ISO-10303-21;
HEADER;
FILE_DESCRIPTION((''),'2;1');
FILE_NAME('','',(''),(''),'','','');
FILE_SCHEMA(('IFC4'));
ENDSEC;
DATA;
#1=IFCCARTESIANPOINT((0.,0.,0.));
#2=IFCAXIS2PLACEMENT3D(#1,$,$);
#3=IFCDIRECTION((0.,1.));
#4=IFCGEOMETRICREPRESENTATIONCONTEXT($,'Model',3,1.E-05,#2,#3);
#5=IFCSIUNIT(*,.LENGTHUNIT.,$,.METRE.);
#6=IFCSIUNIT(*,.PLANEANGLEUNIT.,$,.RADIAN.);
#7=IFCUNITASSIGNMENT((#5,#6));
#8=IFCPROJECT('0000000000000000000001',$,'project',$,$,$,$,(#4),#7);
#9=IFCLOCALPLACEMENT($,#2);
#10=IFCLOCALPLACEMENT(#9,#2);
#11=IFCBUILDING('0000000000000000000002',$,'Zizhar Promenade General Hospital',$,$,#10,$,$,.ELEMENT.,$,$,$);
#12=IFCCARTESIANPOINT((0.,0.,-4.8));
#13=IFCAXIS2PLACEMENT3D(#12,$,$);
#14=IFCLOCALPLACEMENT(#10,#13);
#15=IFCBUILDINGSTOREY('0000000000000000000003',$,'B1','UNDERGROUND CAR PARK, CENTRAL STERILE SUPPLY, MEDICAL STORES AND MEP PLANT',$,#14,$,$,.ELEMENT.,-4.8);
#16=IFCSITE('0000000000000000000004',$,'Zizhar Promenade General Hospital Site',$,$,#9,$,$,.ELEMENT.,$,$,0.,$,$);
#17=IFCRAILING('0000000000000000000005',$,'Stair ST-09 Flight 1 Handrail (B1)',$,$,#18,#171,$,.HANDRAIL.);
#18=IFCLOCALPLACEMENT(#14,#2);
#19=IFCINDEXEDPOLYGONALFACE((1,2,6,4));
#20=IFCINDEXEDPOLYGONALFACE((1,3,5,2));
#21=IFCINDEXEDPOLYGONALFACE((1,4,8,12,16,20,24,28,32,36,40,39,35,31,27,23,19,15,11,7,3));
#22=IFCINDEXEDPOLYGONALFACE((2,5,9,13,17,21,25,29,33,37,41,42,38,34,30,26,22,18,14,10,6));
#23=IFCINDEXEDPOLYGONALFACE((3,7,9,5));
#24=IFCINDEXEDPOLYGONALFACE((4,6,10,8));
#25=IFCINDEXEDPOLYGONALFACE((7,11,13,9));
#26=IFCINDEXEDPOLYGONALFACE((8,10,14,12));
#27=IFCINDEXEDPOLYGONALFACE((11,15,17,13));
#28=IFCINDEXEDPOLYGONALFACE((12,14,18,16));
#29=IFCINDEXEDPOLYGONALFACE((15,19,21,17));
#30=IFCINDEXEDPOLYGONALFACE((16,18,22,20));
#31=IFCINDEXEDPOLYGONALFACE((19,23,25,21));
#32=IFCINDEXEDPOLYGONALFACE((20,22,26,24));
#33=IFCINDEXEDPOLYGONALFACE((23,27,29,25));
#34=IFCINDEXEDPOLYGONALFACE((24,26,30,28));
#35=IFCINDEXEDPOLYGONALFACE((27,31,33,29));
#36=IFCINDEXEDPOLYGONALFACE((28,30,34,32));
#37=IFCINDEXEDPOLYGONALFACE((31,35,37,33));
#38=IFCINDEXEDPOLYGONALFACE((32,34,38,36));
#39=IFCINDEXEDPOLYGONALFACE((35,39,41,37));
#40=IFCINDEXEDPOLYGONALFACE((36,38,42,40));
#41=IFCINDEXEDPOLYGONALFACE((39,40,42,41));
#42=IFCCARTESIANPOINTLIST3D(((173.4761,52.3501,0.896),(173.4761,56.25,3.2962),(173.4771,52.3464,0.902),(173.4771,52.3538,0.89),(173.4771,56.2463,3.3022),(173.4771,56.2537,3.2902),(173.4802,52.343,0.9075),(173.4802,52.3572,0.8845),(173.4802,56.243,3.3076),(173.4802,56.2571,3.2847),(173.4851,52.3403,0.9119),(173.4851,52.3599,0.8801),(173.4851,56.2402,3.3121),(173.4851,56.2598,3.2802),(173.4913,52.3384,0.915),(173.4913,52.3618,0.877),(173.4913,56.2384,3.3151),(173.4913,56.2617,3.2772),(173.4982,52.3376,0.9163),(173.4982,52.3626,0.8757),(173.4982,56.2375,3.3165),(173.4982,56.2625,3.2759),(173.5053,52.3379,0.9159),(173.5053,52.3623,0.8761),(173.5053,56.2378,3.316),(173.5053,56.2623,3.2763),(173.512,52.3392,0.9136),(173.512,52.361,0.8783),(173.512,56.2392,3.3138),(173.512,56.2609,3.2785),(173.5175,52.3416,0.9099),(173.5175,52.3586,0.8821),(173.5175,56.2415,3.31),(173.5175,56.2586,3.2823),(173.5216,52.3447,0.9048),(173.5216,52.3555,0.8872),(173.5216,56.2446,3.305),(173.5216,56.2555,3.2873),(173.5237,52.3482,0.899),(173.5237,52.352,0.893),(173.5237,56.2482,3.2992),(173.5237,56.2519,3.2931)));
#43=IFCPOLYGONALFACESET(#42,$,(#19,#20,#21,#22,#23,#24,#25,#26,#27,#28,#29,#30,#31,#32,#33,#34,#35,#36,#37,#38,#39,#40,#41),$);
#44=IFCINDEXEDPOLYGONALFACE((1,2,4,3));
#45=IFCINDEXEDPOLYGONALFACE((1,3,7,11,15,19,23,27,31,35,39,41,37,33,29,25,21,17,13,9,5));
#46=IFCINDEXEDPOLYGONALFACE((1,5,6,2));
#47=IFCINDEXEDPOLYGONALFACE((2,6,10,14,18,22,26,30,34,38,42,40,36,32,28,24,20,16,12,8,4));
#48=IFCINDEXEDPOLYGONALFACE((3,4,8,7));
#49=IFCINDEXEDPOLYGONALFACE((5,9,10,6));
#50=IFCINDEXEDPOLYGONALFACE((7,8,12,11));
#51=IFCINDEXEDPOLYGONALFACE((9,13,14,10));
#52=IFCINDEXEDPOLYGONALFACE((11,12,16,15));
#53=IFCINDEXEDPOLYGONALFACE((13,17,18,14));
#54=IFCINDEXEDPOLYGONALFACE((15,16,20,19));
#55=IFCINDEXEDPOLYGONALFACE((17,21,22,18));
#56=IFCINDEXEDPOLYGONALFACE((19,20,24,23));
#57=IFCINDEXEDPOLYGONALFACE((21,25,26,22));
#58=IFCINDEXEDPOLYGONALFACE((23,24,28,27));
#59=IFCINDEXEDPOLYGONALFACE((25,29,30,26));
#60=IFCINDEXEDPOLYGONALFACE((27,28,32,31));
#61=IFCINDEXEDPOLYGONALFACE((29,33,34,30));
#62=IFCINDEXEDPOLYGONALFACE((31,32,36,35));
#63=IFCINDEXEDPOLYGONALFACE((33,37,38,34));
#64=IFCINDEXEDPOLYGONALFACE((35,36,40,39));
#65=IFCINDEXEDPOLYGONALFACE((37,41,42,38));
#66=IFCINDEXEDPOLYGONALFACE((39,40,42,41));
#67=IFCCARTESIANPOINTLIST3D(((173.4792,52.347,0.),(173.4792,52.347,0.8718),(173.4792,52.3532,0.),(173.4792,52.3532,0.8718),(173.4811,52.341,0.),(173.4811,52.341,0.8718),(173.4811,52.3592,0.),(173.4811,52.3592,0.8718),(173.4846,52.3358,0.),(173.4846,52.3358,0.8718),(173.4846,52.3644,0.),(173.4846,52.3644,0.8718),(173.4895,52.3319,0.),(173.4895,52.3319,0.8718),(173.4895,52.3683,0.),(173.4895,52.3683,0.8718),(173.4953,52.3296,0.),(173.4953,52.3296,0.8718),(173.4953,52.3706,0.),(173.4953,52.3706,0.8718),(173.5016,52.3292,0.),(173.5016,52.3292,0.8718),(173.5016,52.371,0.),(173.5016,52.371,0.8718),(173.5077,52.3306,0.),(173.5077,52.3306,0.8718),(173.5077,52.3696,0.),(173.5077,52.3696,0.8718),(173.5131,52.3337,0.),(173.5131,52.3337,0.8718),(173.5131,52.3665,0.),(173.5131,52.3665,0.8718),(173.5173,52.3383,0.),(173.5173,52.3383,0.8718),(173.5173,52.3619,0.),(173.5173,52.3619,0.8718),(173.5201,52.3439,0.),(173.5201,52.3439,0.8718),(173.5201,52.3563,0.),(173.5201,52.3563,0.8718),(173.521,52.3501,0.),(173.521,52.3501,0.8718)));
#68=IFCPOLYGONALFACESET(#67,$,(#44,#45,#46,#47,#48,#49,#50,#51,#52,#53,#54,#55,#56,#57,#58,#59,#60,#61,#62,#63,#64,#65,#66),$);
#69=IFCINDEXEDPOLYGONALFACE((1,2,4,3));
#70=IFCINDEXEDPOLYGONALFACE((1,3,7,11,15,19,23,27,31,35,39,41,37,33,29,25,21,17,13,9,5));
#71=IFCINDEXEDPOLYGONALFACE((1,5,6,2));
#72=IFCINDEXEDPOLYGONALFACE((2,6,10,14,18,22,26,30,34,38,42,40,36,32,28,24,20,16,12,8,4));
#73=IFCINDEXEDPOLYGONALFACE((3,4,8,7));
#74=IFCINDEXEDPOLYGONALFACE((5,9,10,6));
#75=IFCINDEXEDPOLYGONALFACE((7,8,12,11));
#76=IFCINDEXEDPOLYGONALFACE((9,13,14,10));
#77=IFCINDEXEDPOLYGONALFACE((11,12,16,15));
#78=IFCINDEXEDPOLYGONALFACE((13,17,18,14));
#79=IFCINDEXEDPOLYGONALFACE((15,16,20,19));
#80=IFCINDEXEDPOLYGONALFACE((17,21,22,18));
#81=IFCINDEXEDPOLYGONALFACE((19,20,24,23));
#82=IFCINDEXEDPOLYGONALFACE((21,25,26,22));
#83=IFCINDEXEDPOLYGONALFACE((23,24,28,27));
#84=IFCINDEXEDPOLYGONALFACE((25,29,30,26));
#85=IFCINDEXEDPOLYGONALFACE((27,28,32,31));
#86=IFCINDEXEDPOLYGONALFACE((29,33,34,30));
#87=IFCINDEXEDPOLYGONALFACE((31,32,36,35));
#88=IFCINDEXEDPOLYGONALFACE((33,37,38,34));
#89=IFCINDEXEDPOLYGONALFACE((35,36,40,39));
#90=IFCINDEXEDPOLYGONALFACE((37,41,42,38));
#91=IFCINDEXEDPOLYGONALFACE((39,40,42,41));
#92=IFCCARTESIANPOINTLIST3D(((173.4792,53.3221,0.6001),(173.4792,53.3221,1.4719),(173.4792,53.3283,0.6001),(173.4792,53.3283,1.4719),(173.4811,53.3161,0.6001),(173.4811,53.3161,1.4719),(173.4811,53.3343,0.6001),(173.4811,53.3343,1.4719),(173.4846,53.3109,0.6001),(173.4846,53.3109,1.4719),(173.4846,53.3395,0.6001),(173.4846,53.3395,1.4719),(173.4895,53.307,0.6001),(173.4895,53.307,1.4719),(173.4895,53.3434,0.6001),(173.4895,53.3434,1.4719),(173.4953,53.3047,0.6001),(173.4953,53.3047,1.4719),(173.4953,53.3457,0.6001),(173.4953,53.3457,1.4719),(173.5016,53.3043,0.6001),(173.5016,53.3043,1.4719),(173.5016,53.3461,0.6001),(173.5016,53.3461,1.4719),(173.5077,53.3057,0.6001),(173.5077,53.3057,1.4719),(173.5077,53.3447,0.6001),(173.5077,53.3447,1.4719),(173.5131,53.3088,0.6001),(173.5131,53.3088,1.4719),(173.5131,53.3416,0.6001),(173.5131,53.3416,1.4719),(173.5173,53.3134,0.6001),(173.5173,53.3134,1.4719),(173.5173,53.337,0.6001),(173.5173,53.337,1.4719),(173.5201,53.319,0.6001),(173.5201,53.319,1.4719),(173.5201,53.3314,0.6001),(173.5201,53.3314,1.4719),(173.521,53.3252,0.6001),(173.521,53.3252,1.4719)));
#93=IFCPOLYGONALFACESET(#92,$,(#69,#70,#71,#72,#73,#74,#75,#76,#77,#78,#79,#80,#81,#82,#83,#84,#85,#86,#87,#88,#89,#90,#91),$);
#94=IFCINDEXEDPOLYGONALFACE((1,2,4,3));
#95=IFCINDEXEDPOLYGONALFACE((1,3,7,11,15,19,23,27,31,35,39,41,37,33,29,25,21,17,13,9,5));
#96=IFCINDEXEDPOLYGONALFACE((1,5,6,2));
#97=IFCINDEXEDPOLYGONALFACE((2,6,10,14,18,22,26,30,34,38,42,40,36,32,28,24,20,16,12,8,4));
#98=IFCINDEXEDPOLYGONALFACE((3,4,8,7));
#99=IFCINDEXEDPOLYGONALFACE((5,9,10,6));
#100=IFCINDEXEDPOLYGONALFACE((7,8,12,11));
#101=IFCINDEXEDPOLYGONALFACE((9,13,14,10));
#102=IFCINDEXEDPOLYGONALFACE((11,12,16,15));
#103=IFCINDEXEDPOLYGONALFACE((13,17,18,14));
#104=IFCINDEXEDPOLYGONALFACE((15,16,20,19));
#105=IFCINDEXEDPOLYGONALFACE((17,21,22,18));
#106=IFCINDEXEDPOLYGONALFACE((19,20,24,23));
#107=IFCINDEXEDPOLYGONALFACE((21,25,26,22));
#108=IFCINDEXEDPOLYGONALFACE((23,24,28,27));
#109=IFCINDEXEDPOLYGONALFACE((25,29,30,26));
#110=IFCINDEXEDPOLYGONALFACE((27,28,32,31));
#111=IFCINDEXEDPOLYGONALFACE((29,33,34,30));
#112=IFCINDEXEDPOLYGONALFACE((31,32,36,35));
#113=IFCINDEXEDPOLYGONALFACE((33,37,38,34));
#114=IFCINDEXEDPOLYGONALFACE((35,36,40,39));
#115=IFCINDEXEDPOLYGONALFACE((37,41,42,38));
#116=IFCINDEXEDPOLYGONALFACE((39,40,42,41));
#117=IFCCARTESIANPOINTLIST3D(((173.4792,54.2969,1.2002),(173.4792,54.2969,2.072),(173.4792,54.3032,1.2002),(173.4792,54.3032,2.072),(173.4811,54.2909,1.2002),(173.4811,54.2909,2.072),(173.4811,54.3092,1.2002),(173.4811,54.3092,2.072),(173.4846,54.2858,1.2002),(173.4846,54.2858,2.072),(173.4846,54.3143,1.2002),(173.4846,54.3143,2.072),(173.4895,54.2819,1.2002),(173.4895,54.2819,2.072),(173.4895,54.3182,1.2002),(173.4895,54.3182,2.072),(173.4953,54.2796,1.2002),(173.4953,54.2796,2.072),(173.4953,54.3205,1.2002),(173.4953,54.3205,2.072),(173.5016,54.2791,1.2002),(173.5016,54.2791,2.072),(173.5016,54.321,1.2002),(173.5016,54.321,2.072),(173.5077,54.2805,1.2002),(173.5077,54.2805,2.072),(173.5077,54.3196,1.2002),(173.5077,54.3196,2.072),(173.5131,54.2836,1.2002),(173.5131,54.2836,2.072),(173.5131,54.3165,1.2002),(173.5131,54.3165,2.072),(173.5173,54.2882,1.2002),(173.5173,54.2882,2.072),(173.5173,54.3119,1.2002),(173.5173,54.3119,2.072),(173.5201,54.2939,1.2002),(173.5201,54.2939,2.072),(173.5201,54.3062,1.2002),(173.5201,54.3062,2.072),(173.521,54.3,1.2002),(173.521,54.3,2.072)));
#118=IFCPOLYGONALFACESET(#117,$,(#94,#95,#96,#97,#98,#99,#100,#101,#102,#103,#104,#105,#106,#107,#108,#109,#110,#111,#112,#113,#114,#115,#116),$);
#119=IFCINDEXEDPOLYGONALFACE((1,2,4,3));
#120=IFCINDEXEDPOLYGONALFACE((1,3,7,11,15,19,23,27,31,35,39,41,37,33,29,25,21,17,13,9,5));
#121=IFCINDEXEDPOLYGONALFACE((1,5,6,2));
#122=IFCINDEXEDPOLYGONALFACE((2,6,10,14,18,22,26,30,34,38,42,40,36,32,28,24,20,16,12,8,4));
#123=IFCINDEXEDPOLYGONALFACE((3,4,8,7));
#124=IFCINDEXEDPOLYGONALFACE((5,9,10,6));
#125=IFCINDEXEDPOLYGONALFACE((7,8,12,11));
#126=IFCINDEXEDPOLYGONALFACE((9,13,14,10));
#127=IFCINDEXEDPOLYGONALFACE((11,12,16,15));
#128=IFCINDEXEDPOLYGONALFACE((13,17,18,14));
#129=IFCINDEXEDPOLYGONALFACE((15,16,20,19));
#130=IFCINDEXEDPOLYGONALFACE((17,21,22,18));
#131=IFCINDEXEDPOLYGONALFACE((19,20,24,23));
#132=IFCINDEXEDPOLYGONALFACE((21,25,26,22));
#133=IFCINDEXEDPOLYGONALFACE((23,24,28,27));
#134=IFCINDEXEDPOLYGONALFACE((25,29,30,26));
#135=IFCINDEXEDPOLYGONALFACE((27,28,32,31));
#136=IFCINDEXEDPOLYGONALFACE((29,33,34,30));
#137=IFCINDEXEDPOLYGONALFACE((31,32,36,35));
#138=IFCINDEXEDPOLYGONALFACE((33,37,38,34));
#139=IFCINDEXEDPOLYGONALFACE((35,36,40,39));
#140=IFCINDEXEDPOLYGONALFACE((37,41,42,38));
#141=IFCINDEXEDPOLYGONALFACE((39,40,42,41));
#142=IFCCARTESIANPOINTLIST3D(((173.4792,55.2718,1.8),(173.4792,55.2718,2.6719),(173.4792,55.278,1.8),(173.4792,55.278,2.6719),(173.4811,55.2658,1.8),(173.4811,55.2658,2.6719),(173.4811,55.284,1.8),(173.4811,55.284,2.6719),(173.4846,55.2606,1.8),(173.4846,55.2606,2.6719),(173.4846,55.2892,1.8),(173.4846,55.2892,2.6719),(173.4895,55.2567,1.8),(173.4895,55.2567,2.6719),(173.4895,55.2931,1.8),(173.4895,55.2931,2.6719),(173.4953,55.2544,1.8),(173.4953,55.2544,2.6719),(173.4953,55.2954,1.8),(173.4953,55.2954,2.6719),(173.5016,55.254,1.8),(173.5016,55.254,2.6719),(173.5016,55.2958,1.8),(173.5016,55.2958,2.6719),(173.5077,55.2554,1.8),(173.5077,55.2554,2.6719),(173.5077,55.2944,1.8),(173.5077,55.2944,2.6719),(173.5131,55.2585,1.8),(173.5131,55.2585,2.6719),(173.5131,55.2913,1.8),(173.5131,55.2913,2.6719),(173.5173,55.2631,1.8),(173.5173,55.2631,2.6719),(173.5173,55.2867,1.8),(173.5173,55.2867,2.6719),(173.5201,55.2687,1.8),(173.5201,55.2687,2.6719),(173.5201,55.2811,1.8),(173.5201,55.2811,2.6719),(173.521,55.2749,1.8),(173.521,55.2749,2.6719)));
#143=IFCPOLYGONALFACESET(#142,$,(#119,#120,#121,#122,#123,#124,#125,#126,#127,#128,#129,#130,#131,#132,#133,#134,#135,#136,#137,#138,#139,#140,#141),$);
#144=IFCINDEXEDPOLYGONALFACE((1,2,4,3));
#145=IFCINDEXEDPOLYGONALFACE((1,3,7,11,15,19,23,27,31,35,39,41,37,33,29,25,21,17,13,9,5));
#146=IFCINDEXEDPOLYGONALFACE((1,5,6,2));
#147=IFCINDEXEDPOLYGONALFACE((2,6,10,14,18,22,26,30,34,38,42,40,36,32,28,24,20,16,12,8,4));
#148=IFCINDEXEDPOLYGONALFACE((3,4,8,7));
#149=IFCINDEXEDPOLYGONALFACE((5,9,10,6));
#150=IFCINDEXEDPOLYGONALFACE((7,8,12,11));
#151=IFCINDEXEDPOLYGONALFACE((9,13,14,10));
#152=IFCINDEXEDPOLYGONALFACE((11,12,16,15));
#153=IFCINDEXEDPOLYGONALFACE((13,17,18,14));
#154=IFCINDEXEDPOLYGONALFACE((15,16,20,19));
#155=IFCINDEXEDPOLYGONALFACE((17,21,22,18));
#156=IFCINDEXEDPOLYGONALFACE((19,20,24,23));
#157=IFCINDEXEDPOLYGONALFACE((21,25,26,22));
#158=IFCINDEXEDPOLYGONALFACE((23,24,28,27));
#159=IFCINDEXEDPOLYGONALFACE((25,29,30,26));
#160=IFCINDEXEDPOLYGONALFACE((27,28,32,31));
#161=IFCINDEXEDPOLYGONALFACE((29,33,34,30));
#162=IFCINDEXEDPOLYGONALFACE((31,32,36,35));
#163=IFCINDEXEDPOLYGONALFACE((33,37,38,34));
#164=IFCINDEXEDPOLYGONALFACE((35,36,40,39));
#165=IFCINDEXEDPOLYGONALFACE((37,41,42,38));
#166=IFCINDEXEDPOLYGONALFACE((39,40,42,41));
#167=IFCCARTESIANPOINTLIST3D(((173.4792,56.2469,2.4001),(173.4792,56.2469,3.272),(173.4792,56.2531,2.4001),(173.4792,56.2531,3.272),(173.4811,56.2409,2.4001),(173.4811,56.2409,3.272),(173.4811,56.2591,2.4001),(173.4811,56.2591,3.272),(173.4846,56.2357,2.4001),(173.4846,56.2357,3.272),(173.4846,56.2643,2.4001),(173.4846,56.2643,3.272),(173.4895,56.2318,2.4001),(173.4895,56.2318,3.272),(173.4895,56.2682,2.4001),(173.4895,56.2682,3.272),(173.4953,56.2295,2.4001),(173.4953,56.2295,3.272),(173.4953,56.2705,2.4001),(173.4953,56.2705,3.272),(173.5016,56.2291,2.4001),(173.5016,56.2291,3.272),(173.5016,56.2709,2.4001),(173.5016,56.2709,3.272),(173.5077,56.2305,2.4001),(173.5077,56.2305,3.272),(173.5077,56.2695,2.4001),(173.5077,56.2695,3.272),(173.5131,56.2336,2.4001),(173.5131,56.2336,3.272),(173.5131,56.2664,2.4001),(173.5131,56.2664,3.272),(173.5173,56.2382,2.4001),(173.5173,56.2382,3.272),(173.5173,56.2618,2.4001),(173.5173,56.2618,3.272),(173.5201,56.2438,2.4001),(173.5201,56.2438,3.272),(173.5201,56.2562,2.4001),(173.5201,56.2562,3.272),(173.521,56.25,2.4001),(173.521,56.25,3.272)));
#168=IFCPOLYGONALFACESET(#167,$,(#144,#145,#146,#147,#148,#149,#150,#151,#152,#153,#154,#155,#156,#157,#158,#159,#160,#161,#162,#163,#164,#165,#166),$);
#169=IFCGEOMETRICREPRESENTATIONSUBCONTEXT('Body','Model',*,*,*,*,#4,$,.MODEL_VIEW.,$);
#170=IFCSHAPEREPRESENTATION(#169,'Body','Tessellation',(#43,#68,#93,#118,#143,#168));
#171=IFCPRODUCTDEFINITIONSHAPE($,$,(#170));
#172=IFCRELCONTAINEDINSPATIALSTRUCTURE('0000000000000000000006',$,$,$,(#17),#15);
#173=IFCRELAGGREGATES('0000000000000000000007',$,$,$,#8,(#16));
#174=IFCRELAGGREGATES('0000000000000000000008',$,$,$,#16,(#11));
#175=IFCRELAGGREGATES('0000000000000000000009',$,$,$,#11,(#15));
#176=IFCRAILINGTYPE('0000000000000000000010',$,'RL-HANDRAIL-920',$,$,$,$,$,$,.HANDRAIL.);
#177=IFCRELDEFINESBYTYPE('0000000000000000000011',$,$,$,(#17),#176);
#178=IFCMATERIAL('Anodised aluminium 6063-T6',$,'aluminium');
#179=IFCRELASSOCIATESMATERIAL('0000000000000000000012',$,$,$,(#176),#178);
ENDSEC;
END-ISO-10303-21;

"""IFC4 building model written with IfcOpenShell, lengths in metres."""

from ifc_helpers import new_model, si_unit, direction, frame, origin, origin_2d, place, context, subcontext, project, spatial, circle, hollow_circle, extrude, material, material_profile, profile_set, type_object, element, save


model = new_model("IFC4")

# Units and contexts
model_context = context("Model", 3, precision=1e-05, world=origin(), true_north=direction((0.0, 1.0)))
body_context = subcontext(model_context, "Body", "Model", "MODEL_VIEW")
ifc_project = project(units=[si_unit("LENGTHUNIT", "METRE"), si_unit("PLANEANGLEUNIT", "RADIAN")], contexts=[model_context])

# Site, building, storey
site_placement = place(None, origin())
site = spatial("IfcSite", under=ifc_project, at=site_placement, Name="Zizhar Promenade General Hospital Site", CompositionType="ELEMENT", RefElevation=0.0)
building_placement = place(site_placement, origin())
building = spatial("IfcBuilding", under=site, at=building_placement, Name="Zizhar Promenade General Hospital", CompositionType="ELEMENT")
storey_placement = place(building_placement, frame((0.0, 0.0, -4.8)))
storey = spatial("IfcBuildingStorey", under=building, at=storey_placement, Name="B1", Description="UNDERGROUND CAR PARK, CENTRAL STERILE SUPPLY, MEDICAL STORES AND MEP PLANT", CompositionType="ELEMENT", Elevation=-4.8)

# Railing
ifc_material_1 = material(Name="Anodised aluminium 6063-T6", Category="aluminium")
ifc_material_profile_1 = material_profile(ifc_material_1, hollow_circle(Radius=0.0698, WallThickness=0.0063, at=origin_2d()))
ifc_profile_set_1 = profile_set([ifc_material_profile_1], Name="Anodised aluminium 6063-T6")
railing_type_1 = type_object("IfcRailingType", Name="RL-HANDRAIL-920", PredefinedType="HANDRAIL", material=ifc_profile_set_1)
railing_1_placement = place(storey_placement, frame((173.5, 52.3501, 0.0)))
element("IfcRailing", 1, at=railing_1_placement, inside=storey, type_object=railing_type_1, Name="Stair ST-09 Flight 1 Handrail (B1)", PredefinedType="HANDRAIL", context=body_context, shape_type="SweptSolid", body=[
    extrude(circle(Radius=0.0239, at=origin_2d()), frame((0.0, 0.0, 0.896), z_axis=(0.0, 0.851638, 0.52413), x_axis=(-1.0, 0.0, 0.0)), (0.0, 0.0, 1.0), 4.5793),
    extrude(circle(Radius=0.021, at=origin_2d()), origin(), (0.0, 0.0, 1.0), 0.8718),
    extrude(circle(Radius=0.021, at=origin_2d()), frame((0.0, 0.9751, 0.6001)), (0.0, 0.0, 1.0), 0.8718),
    extrude(circle(Radius=0.021, at=origin_2d()), frame((0.0, 1.95, 1.2002)), (0.0, 0.0, 1.0), 0.8718),
    extrude(circle(Radius=0.021, at=origin_2d()), frame((0.0, 2.9248, 1.8)), (0.0, 0.0, 1.0), 0.8718),
    extrude(circle(Radius=0.021, at=origin_2d()), frame((0.0, 3.8999, 2.4001)), (0.0, 0.0, 1.0), 0.8718),
])

save(model, "model.ifc")
